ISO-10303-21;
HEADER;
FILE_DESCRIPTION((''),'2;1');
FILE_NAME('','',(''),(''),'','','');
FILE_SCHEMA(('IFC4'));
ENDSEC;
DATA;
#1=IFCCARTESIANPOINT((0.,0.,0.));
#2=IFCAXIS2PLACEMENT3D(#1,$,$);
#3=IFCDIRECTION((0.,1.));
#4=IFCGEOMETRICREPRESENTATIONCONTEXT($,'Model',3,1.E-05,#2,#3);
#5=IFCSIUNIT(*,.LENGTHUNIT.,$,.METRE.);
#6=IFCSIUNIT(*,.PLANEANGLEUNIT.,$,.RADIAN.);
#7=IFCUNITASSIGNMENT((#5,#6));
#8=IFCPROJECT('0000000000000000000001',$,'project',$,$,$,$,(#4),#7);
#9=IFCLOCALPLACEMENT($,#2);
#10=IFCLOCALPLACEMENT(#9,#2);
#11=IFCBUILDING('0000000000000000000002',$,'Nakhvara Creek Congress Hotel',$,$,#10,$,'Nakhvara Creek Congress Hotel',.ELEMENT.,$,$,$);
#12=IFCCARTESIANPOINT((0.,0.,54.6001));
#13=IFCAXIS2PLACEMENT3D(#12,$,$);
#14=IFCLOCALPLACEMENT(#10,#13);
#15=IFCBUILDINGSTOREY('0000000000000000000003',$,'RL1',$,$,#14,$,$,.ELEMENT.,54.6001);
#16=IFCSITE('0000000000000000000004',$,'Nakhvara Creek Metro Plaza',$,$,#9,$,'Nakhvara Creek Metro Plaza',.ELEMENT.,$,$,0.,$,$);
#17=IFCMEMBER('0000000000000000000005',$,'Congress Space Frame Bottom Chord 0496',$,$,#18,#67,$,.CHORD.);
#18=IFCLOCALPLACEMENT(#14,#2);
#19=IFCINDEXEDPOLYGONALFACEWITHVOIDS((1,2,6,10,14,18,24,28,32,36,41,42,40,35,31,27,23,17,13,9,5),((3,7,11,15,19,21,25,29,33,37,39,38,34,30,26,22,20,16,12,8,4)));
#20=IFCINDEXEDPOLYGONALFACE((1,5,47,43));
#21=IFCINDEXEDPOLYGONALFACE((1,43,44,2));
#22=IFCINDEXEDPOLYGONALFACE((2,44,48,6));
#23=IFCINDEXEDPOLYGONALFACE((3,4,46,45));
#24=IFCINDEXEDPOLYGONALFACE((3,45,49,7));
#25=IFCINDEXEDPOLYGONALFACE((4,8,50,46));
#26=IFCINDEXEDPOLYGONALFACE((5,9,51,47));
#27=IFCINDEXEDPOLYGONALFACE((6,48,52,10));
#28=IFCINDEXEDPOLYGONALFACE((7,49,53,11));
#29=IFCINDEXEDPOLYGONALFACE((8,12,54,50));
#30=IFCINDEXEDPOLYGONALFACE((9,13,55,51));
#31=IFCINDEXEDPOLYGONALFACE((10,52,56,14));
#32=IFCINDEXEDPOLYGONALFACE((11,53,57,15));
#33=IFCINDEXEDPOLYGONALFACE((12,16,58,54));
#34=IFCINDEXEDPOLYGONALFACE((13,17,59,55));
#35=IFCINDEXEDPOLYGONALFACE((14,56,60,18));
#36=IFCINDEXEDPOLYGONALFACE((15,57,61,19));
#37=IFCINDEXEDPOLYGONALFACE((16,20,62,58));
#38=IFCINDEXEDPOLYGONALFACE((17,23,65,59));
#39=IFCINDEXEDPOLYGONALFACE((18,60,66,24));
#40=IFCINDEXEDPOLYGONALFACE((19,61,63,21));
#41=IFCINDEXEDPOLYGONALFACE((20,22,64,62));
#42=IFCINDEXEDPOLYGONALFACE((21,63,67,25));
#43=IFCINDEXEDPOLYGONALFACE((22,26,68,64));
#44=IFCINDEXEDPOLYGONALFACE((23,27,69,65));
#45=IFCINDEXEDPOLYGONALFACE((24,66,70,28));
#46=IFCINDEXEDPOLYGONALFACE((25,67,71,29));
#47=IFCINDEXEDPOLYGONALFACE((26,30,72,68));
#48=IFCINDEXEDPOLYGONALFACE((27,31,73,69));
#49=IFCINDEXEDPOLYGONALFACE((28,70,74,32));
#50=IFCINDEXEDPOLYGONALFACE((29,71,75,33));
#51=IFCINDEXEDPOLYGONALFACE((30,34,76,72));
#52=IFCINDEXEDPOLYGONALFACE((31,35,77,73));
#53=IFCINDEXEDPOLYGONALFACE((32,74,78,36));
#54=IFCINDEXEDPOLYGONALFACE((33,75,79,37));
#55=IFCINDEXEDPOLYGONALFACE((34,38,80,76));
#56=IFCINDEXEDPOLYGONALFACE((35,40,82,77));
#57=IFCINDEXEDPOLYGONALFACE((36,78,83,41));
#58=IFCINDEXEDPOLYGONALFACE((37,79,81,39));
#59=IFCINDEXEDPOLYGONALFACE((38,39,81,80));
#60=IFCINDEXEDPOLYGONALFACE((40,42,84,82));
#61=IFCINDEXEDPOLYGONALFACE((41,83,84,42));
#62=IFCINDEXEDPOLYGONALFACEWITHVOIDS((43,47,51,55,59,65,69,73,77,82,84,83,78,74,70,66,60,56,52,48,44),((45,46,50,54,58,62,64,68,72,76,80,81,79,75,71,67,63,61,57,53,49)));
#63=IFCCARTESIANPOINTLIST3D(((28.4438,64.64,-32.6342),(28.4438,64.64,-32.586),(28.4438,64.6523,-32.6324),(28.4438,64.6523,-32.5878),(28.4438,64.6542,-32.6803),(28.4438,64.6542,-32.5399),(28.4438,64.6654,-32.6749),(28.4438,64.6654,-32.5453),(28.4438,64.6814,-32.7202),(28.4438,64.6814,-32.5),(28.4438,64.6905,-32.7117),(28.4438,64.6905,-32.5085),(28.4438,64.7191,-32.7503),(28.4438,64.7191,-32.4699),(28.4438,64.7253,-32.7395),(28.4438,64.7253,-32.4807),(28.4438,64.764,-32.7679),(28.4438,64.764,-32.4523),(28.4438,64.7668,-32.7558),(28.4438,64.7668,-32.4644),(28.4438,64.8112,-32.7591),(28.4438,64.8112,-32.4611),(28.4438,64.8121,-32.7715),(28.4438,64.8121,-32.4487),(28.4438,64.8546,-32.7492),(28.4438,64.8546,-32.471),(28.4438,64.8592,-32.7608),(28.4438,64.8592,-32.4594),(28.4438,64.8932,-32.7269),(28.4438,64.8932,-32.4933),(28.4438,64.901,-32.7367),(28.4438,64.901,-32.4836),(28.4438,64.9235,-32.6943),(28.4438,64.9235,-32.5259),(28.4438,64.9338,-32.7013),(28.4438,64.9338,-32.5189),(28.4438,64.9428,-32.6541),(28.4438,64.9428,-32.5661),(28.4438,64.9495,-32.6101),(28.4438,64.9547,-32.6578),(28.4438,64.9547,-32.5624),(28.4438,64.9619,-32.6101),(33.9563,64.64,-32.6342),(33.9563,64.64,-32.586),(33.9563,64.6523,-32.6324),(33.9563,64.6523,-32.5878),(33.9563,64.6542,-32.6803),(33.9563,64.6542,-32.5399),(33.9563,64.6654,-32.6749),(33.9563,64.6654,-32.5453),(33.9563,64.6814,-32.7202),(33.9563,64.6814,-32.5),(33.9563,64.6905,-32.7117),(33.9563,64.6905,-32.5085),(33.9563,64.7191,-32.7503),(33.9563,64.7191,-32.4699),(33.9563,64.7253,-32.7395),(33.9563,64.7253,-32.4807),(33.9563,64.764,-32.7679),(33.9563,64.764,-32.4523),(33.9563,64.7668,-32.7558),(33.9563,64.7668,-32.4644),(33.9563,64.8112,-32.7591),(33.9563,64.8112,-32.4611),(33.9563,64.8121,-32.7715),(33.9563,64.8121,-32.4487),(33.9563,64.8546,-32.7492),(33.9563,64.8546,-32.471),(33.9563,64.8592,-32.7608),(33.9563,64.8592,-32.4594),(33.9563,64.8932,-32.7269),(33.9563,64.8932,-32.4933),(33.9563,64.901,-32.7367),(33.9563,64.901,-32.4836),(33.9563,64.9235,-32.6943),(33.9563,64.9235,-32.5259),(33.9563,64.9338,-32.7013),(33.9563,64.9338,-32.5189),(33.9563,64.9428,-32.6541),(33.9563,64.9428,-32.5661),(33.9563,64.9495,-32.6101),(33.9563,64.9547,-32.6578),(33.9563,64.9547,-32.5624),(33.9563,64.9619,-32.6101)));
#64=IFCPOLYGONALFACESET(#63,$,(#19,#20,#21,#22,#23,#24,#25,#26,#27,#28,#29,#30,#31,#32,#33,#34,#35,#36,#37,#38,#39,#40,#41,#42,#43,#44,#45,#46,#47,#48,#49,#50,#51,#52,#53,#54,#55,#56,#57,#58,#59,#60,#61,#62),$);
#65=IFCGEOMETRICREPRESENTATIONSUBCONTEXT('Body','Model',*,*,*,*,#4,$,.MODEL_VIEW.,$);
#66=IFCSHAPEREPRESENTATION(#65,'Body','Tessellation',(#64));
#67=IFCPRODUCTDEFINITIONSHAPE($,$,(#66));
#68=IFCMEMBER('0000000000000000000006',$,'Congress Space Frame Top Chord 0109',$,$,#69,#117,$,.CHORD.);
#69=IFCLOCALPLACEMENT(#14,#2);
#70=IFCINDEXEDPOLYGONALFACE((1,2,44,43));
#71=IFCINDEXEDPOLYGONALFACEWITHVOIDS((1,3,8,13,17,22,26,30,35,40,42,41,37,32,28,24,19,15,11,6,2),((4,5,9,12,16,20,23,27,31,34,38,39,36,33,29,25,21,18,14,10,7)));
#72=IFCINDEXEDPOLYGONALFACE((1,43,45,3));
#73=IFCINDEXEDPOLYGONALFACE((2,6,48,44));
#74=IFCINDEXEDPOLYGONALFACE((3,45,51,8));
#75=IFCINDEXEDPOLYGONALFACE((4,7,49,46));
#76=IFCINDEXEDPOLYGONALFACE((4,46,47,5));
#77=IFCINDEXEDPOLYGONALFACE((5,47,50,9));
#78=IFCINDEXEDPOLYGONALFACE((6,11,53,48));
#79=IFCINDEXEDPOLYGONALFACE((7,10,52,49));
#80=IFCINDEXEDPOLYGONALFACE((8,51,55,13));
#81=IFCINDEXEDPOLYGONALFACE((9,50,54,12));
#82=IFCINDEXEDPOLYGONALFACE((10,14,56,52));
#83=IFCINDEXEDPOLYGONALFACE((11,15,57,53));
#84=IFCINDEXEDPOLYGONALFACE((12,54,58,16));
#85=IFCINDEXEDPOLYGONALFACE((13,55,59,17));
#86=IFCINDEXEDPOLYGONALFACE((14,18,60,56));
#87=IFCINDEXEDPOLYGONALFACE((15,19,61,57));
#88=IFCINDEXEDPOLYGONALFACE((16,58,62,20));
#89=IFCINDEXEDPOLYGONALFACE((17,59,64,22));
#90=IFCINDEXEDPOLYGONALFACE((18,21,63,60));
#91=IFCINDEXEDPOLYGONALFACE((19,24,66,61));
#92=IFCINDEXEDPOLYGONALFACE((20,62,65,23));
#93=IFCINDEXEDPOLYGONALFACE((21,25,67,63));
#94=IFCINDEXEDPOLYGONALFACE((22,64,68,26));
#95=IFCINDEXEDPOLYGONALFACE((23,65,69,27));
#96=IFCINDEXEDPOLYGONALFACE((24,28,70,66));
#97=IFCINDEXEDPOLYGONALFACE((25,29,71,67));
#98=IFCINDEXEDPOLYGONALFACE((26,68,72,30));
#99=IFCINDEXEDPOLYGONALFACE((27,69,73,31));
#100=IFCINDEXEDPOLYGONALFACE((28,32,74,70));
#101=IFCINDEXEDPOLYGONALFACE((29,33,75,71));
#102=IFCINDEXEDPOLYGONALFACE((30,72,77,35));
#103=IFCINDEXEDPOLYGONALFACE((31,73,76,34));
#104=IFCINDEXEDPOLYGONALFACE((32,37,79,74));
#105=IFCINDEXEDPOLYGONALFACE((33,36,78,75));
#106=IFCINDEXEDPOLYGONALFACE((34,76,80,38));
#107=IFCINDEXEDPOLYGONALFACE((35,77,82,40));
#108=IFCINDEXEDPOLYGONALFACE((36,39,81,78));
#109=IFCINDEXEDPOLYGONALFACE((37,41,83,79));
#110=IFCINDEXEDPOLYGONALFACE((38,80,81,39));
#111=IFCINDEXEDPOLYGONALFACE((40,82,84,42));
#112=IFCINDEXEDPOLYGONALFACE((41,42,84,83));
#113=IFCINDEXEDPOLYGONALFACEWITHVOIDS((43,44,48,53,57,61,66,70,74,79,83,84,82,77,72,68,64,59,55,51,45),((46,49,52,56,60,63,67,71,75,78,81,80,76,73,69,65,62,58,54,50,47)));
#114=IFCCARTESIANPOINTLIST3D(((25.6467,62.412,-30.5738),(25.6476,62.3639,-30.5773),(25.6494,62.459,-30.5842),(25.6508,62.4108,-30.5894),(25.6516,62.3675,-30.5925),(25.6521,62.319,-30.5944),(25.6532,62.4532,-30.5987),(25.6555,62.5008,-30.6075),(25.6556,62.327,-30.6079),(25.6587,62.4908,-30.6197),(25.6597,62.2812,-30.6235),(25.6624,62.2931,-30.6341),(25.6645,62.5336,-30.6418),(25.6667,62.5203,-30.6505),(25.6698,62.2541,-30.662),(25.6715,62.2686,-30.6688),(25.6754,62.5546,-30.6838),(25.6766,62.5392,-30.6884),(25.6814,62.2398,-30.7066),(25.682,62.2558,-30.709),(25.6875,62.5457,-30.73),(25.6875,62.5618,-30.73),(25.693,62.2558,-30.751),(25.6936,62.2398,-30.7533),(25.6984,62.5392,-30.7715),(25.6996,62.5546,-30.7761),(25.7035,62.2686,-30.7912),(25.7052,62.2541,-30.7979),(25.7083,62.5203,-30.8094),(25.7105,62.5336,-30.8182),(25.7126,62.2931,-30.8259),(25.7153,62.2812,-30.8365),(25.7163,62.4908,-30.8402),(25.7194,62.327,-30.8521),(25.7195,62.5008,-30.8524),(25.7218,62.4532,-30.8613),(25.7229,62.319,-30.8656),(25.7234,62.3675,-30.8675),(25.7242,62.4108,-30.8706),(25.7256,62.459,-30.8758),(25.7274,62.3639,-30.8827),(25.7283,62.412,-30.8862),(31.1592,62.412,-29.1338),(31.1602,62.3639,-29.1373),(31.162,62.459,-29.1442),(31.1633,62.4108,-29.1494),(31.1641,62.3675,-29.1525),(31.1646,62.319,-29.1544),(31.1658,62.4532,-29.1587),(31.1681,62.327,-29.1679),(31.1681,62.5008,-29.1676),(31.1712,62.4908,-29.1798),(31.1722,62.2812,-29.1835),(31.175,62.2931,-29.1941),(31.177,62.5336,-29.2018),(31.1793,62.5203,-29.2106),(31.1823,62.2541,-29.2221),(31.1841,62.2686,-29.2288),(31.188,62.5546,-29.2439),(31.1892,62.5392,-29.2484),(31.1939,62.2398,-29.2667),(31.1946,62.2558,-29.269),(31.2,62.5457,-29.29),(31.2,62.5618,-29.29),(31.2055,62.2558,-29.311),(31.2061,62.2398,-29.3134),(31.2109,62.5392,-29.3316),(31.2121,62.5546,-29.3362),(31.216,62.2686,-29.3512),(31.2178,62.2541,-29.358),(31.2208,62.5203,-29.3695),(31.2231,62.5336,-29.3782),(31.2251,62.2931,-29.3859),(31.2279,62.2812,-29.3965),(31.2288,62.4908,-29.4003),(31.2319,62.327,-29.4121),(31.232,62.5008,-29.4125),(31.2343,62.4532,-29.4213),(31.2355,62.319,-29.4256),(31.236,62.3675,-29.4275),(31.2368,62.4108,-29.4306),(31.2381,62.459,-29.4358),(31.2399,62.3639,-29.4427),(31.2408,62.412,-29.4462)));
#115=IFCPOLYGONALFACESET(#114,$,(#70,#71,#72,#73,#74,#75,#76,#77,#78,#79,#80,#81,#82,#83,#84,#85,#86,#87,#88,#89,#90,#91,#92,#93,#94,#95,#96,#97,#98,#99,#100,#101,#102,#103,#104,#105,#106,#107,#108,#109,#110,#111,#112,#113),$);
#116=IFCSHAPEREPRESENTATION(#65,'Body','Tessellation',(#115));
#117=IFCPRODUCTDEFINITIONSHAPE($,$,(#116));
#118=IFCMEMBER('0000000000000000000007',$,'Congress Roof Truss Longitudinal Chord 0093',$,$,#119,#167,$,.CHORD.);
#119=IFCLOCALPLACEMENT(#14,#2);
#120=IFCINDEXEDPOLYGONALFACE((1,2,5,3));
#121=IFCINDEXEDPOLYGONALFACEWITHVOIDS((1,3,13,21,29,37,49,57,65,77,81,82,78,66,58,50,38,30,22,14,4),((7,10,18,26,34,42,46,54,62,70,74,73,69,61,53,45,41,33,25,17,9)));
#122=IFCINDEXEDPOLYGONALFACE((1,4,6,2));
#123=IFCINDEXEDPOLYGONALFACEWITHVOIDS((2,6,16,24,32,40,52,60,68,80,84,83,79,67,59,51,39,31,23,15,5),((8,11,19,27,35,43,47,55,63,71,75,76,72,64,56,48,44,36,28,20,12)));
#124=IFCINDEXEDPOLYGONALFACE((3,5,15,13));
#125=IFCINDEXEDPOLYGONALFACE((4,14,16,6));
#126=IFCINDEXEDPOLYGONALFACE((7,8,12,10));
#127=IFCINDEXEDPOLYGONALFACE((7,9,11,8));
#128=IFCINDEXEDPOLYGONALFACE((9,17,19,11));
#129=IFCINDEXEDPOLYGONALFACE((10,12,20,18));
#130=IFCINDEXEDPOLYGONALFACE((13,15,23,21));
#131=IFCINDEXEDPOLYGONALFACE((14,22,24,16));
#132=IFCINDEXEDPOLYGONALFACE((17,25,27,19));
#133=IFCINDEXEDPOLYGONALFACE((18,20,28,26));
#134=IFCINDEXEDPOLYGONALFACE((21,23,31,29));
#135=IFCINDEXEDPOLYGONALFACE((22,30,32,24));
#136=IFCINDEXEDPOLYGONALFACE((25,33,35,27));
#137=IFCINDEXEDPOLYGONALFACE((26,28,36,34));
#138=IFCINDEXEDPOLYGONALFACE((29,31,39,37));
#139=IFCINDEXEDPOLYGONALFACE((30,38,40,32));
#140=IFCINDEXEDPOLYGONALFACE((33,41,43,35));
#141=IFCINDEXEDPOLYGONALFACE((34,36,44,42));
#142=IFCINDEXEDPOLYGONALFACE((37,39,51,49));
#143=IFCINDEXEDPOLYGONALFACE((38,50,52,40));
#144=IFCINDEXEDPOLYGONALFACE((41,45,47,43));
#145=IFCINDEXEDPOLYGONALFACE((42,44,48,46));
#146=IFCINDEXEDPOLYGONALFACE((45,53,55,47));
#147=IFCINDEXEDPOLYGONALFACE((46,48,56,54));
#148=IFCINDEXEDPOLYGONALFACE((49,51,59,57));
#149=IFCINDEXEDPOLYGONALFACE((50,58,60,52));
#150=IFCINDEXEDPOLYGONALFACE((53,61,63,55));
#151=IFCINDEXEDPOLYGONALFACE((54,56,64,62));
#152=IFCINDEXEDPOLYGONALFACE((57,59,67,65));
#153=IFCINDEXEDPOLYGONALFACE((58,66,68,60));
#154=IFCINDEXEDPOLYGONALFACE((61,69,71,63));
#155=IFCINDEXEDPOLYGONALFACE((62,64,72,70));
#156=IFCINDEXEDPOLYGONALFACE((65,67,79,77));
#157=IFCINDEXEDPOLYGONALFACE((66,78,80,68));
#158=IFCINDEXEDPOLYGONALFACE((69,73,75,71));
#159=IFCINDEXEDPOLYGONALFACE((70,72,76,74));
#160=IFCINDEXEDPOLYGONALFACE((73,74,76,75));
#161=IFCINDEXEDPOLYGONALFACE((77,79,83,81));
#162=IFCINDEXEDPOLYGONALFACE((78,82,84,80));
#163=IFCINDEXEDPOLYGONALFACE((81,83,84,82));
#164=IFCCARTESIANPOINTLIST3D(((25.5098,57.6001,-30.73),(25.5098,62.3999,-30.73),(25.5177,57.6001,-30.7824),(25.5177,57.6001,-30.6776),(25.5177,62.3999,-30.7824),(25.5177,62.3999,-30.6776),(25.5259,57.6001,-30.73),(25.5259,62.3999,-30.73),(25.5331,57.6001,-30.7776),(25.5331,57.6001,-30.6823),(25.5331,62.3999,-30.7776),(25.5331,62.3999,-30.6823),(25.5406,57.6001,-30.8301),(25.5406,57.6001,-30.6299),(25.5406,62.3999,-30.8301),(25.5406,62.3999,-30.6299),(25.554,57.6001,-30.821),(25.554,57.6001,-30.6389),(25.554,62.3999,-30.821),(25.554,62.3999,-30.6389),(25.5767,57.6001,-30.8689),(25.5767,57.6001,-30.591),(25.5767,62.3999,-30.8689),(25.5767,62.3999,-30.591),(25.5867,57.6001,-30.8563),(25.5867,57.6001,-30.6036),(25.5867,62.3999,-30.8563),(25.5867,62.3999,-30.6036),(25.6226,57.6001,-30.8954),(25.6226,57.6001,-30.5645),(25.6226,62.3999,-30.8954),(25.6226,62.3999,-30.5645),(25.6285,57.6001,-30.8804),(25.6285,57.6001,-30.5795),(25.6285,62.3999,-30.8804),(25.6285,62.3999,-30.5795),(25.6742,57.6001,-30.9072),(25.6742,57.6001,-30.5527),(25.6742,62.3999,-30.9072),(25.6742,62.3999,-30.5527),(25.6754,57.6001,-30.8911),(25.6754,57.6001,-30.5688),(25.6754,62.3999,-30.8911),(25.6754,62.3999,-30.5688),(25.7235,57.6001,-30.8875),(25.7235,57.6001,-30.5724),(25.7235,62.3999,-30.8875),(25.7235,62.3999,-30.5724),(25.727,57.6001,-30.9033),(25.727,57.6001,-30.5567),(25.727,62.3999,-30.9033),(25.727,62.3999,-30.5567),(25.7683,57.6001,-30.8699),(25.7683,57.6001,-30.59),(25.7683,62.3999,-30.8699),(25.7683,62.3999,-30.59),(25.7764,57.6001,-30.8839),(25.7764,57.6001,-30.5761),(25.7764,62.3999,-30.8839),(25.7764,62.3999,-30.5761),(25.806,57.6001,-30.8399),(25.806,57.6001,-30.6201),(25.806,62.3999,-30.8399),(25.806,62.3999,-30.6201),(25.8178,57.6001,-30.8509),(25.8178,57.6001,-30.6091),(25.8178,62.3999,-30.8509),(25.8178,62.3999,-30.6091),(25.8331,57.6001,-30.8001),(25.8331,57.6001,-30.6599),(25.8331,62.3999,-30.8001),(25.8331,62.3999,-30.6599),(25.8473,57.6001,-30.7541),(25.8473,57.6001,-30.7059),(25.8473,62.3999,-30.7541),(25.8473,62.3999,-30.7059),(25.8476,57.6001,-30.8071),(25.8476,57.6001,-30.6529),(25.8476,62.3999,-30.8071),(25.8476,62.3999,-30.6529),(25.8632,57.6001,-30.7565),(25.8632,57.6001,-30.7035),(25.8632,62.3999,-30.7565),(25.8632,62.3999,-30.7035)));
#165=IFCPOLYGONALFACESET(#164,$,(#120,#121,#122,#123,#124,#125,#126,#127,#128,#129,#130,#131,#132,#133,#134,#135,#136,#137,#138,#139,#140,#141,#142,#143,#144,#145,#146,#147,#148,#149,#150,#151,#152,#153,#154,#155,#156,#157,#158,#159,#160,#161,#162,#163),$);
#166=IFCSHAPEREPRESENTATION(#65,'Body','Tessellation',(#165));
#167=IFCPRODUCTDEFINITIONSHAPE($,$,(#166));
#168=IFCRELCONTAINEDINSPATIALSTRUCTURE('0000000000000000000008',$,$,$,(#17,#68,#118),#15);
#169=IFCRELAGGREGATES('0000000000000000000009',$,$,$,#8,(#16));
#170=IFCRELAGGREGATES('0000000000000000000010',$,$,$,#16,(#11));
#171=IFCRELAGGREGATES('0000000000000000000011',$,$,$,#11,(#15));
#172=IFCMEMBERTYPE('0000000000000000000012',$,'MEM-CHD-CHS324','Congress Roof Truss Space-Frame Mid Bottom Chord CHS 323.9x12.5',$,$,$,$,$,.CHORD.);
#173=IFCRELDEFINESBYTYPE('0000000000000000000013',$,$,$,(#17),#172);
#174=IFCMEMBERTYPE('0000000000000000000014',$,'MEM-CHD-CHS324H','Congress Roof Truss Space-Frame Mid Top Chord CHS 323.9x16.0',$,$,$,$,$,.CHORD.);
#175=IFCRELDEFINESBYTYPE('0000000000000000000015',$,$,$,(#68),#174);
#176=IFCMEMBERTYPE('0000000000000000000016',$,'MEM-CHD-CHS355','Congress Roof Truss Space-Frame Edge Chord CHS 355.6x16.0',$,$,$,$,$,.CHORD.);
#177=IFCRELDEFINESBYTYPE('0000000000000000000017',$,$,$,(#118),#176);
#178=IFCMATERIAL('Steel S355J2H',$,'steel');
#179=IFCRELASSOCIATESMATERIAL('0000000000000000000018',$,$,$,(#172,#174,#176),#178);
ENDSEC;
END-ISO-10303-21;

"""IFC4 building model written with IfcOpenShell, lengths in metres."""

from ifc_helpers import new_model, si_unit, direction, frame, origin, origin_2d, place, context, subcontext, project, spatial, hollow_circle, extrude, material, material_profile, profile_set, type_object, element, save


model = new_model("IFC4")

# Units and contexts
model_context = context("Model", 3, precision=1e-05, world=origin(), true_north=direction((0.0, 1.0)))
body_context = subcontext(model_context, "Body", "Model", "MODEL_VIEW")
ifc_project = project(units=[si_unit("LENGTHUNIT", "METRE"), si_unit("PLANEANGLEUNIT", "RADIAN")], contexts=[model_context])

# Site, building, storey
site_placement = place(None, origin())
site = spatial("IfcSite", under=ifc_project, at=site_placement, Name="Nakhvara Creek Metro Plaza", LongName="Nakhvara Creek Metro Plaza", CompositionType="ELEMENT", RefElevation=0.0)
building_placement = place(site_placement, origin())
building = spatial("IfcBuilding", under=site, at=building_placement, Name="Nakhvara Creek Congress Hotel", LongName="Nakhvara Creek Congress Hotel", CompositionType="ELEMENT")
storey_placement = place(building_placement, frame((0.0, 0.0, 54.6001)))
storey = spatial("IfcBuildingStorey", under=building, at=storey_placement, Name="RL1", CompositionType="ELEMENT", Elevation=54.6001)

# Members
ifc_material_1 = material(Name="Steel S355J2H", Category="steel")
ifc_material_profile_1 = material_profile(ifc_material_1, hollow_circle(Radius=0.1619, WallThickness=0.0125, at=origin_2d()), Name="CHS 323.9x12.5", Category="LoadBearing")
ifc_profile_set_1 = profile_set([ifc_material_profile_1], Name="Steel S355J2H")
member_type_1 = type_object("IfcMemberType", Name="MEM-CHD-CHS324", Description="Congress Roof Truss Space-Frame Mid Bottom Chord CHS 323.9x12.5", PredefinedType="CHORD", material=ifc_profile_set_1)
member_1_placement = place(storey_placement, frame((28.4438, 64.8, -32.6101), z_axis=(1.0, 0.0, 0.0), x_axis=(0.0, 1.0, 0.0)))
element("IfcMember", 1, at=member_1_placement, inside=storey, type_object=member_type_1, Name="Congress Space Frame Bottom Chord 0496", PredefinedType="CHORD", context=body_context, shape_type="SweptSolid", body=[
    extrude(hollow_circle(Radius=0.1619, WallThickness=0.0125, at=origin_2d()), origin(), (0.0, 0.0, 1.0), 5.5125),
])
ifc_material_profile_2 = material_profile(ifc_material_1, hollow_circle(Radius=0.1619, WallThickness=0.0161, at=origin_2d()), Name="CHS 323.9x16.0", Category="LoadBearing")
ifc_profile_set_2 = profile_set([ifc_material_profile_2], Name="Steel S355J2H")
member_type_2 = type_object("IfcMemberType", Name="MEM-CHD-CHS324H", Description="Congress Roof Truss Space-Frame Mid Top Chord CHS 323.9x16.0", PredefinedType="CHORD", material=ifc_profile_set_2)
member_2_placement = place(storey_placement, frame((25.6875, 62.3999, -30.73), z_axis=(0.967535, 0.0, 0.252736), x_axis=(0.0, 1.0, 0.0)))
element("IfcMember", 2, at=member_2_placement, inside=storey, type_object=member_type_2, Name="Congress Space Frame Top Chord 0109", PredefinedType="CHORD", context=body_context, shape_type="SweptSolid", body=[
    extrude(hollow_circle(Radius=0.1619, WallThickness=0.0161, at=origin_2d()), origin(), (0.0, 0.0, 1.0), 5.6975),
])
ifc_material_profile_3 = material_profile(ifc_material_1, hollow_circle(Radius=0.1777, WallThickness=0.0161, at=origin_2d()), Name="CHS 355.6x16.0", Category="LoadBearing")
ifc_profile_set_3 = profile_set([ifc_material_profile_3], Name="Steel S355J2H")
member_type_3 = type_object("IfcMemberType", Name="MEM-CHD-CHS355", Description="Congress Roof Truss Space-Frame Edge Chord CHS 355.6x16.0", PredefinedType="CHORD", material=ifc_profile_set_3)
member_3_placement = place(storey_placement, frame((25.6875, 57.6001, -30.73), z_axis=(0.0, 1.0, 0.0), x_axis=(-1.0, 0.0, 0.0)))
element("IfcMember", 3, at=member_3_placement, inside=storey, type_object=member_type_3, Name="Congress Roof Truss Longitudinal Chord 0093", PredefinedType="CHORD", context=body_context, shape_type="SweptSolid", body=[
    extrude(hollow_circle(Radius=0.1777, WallThickness=0.0161, at=origin_2d()), origin(), (0.0, 0.0, 1.0), 4.7998),
])

save(model, "model.ifc")
